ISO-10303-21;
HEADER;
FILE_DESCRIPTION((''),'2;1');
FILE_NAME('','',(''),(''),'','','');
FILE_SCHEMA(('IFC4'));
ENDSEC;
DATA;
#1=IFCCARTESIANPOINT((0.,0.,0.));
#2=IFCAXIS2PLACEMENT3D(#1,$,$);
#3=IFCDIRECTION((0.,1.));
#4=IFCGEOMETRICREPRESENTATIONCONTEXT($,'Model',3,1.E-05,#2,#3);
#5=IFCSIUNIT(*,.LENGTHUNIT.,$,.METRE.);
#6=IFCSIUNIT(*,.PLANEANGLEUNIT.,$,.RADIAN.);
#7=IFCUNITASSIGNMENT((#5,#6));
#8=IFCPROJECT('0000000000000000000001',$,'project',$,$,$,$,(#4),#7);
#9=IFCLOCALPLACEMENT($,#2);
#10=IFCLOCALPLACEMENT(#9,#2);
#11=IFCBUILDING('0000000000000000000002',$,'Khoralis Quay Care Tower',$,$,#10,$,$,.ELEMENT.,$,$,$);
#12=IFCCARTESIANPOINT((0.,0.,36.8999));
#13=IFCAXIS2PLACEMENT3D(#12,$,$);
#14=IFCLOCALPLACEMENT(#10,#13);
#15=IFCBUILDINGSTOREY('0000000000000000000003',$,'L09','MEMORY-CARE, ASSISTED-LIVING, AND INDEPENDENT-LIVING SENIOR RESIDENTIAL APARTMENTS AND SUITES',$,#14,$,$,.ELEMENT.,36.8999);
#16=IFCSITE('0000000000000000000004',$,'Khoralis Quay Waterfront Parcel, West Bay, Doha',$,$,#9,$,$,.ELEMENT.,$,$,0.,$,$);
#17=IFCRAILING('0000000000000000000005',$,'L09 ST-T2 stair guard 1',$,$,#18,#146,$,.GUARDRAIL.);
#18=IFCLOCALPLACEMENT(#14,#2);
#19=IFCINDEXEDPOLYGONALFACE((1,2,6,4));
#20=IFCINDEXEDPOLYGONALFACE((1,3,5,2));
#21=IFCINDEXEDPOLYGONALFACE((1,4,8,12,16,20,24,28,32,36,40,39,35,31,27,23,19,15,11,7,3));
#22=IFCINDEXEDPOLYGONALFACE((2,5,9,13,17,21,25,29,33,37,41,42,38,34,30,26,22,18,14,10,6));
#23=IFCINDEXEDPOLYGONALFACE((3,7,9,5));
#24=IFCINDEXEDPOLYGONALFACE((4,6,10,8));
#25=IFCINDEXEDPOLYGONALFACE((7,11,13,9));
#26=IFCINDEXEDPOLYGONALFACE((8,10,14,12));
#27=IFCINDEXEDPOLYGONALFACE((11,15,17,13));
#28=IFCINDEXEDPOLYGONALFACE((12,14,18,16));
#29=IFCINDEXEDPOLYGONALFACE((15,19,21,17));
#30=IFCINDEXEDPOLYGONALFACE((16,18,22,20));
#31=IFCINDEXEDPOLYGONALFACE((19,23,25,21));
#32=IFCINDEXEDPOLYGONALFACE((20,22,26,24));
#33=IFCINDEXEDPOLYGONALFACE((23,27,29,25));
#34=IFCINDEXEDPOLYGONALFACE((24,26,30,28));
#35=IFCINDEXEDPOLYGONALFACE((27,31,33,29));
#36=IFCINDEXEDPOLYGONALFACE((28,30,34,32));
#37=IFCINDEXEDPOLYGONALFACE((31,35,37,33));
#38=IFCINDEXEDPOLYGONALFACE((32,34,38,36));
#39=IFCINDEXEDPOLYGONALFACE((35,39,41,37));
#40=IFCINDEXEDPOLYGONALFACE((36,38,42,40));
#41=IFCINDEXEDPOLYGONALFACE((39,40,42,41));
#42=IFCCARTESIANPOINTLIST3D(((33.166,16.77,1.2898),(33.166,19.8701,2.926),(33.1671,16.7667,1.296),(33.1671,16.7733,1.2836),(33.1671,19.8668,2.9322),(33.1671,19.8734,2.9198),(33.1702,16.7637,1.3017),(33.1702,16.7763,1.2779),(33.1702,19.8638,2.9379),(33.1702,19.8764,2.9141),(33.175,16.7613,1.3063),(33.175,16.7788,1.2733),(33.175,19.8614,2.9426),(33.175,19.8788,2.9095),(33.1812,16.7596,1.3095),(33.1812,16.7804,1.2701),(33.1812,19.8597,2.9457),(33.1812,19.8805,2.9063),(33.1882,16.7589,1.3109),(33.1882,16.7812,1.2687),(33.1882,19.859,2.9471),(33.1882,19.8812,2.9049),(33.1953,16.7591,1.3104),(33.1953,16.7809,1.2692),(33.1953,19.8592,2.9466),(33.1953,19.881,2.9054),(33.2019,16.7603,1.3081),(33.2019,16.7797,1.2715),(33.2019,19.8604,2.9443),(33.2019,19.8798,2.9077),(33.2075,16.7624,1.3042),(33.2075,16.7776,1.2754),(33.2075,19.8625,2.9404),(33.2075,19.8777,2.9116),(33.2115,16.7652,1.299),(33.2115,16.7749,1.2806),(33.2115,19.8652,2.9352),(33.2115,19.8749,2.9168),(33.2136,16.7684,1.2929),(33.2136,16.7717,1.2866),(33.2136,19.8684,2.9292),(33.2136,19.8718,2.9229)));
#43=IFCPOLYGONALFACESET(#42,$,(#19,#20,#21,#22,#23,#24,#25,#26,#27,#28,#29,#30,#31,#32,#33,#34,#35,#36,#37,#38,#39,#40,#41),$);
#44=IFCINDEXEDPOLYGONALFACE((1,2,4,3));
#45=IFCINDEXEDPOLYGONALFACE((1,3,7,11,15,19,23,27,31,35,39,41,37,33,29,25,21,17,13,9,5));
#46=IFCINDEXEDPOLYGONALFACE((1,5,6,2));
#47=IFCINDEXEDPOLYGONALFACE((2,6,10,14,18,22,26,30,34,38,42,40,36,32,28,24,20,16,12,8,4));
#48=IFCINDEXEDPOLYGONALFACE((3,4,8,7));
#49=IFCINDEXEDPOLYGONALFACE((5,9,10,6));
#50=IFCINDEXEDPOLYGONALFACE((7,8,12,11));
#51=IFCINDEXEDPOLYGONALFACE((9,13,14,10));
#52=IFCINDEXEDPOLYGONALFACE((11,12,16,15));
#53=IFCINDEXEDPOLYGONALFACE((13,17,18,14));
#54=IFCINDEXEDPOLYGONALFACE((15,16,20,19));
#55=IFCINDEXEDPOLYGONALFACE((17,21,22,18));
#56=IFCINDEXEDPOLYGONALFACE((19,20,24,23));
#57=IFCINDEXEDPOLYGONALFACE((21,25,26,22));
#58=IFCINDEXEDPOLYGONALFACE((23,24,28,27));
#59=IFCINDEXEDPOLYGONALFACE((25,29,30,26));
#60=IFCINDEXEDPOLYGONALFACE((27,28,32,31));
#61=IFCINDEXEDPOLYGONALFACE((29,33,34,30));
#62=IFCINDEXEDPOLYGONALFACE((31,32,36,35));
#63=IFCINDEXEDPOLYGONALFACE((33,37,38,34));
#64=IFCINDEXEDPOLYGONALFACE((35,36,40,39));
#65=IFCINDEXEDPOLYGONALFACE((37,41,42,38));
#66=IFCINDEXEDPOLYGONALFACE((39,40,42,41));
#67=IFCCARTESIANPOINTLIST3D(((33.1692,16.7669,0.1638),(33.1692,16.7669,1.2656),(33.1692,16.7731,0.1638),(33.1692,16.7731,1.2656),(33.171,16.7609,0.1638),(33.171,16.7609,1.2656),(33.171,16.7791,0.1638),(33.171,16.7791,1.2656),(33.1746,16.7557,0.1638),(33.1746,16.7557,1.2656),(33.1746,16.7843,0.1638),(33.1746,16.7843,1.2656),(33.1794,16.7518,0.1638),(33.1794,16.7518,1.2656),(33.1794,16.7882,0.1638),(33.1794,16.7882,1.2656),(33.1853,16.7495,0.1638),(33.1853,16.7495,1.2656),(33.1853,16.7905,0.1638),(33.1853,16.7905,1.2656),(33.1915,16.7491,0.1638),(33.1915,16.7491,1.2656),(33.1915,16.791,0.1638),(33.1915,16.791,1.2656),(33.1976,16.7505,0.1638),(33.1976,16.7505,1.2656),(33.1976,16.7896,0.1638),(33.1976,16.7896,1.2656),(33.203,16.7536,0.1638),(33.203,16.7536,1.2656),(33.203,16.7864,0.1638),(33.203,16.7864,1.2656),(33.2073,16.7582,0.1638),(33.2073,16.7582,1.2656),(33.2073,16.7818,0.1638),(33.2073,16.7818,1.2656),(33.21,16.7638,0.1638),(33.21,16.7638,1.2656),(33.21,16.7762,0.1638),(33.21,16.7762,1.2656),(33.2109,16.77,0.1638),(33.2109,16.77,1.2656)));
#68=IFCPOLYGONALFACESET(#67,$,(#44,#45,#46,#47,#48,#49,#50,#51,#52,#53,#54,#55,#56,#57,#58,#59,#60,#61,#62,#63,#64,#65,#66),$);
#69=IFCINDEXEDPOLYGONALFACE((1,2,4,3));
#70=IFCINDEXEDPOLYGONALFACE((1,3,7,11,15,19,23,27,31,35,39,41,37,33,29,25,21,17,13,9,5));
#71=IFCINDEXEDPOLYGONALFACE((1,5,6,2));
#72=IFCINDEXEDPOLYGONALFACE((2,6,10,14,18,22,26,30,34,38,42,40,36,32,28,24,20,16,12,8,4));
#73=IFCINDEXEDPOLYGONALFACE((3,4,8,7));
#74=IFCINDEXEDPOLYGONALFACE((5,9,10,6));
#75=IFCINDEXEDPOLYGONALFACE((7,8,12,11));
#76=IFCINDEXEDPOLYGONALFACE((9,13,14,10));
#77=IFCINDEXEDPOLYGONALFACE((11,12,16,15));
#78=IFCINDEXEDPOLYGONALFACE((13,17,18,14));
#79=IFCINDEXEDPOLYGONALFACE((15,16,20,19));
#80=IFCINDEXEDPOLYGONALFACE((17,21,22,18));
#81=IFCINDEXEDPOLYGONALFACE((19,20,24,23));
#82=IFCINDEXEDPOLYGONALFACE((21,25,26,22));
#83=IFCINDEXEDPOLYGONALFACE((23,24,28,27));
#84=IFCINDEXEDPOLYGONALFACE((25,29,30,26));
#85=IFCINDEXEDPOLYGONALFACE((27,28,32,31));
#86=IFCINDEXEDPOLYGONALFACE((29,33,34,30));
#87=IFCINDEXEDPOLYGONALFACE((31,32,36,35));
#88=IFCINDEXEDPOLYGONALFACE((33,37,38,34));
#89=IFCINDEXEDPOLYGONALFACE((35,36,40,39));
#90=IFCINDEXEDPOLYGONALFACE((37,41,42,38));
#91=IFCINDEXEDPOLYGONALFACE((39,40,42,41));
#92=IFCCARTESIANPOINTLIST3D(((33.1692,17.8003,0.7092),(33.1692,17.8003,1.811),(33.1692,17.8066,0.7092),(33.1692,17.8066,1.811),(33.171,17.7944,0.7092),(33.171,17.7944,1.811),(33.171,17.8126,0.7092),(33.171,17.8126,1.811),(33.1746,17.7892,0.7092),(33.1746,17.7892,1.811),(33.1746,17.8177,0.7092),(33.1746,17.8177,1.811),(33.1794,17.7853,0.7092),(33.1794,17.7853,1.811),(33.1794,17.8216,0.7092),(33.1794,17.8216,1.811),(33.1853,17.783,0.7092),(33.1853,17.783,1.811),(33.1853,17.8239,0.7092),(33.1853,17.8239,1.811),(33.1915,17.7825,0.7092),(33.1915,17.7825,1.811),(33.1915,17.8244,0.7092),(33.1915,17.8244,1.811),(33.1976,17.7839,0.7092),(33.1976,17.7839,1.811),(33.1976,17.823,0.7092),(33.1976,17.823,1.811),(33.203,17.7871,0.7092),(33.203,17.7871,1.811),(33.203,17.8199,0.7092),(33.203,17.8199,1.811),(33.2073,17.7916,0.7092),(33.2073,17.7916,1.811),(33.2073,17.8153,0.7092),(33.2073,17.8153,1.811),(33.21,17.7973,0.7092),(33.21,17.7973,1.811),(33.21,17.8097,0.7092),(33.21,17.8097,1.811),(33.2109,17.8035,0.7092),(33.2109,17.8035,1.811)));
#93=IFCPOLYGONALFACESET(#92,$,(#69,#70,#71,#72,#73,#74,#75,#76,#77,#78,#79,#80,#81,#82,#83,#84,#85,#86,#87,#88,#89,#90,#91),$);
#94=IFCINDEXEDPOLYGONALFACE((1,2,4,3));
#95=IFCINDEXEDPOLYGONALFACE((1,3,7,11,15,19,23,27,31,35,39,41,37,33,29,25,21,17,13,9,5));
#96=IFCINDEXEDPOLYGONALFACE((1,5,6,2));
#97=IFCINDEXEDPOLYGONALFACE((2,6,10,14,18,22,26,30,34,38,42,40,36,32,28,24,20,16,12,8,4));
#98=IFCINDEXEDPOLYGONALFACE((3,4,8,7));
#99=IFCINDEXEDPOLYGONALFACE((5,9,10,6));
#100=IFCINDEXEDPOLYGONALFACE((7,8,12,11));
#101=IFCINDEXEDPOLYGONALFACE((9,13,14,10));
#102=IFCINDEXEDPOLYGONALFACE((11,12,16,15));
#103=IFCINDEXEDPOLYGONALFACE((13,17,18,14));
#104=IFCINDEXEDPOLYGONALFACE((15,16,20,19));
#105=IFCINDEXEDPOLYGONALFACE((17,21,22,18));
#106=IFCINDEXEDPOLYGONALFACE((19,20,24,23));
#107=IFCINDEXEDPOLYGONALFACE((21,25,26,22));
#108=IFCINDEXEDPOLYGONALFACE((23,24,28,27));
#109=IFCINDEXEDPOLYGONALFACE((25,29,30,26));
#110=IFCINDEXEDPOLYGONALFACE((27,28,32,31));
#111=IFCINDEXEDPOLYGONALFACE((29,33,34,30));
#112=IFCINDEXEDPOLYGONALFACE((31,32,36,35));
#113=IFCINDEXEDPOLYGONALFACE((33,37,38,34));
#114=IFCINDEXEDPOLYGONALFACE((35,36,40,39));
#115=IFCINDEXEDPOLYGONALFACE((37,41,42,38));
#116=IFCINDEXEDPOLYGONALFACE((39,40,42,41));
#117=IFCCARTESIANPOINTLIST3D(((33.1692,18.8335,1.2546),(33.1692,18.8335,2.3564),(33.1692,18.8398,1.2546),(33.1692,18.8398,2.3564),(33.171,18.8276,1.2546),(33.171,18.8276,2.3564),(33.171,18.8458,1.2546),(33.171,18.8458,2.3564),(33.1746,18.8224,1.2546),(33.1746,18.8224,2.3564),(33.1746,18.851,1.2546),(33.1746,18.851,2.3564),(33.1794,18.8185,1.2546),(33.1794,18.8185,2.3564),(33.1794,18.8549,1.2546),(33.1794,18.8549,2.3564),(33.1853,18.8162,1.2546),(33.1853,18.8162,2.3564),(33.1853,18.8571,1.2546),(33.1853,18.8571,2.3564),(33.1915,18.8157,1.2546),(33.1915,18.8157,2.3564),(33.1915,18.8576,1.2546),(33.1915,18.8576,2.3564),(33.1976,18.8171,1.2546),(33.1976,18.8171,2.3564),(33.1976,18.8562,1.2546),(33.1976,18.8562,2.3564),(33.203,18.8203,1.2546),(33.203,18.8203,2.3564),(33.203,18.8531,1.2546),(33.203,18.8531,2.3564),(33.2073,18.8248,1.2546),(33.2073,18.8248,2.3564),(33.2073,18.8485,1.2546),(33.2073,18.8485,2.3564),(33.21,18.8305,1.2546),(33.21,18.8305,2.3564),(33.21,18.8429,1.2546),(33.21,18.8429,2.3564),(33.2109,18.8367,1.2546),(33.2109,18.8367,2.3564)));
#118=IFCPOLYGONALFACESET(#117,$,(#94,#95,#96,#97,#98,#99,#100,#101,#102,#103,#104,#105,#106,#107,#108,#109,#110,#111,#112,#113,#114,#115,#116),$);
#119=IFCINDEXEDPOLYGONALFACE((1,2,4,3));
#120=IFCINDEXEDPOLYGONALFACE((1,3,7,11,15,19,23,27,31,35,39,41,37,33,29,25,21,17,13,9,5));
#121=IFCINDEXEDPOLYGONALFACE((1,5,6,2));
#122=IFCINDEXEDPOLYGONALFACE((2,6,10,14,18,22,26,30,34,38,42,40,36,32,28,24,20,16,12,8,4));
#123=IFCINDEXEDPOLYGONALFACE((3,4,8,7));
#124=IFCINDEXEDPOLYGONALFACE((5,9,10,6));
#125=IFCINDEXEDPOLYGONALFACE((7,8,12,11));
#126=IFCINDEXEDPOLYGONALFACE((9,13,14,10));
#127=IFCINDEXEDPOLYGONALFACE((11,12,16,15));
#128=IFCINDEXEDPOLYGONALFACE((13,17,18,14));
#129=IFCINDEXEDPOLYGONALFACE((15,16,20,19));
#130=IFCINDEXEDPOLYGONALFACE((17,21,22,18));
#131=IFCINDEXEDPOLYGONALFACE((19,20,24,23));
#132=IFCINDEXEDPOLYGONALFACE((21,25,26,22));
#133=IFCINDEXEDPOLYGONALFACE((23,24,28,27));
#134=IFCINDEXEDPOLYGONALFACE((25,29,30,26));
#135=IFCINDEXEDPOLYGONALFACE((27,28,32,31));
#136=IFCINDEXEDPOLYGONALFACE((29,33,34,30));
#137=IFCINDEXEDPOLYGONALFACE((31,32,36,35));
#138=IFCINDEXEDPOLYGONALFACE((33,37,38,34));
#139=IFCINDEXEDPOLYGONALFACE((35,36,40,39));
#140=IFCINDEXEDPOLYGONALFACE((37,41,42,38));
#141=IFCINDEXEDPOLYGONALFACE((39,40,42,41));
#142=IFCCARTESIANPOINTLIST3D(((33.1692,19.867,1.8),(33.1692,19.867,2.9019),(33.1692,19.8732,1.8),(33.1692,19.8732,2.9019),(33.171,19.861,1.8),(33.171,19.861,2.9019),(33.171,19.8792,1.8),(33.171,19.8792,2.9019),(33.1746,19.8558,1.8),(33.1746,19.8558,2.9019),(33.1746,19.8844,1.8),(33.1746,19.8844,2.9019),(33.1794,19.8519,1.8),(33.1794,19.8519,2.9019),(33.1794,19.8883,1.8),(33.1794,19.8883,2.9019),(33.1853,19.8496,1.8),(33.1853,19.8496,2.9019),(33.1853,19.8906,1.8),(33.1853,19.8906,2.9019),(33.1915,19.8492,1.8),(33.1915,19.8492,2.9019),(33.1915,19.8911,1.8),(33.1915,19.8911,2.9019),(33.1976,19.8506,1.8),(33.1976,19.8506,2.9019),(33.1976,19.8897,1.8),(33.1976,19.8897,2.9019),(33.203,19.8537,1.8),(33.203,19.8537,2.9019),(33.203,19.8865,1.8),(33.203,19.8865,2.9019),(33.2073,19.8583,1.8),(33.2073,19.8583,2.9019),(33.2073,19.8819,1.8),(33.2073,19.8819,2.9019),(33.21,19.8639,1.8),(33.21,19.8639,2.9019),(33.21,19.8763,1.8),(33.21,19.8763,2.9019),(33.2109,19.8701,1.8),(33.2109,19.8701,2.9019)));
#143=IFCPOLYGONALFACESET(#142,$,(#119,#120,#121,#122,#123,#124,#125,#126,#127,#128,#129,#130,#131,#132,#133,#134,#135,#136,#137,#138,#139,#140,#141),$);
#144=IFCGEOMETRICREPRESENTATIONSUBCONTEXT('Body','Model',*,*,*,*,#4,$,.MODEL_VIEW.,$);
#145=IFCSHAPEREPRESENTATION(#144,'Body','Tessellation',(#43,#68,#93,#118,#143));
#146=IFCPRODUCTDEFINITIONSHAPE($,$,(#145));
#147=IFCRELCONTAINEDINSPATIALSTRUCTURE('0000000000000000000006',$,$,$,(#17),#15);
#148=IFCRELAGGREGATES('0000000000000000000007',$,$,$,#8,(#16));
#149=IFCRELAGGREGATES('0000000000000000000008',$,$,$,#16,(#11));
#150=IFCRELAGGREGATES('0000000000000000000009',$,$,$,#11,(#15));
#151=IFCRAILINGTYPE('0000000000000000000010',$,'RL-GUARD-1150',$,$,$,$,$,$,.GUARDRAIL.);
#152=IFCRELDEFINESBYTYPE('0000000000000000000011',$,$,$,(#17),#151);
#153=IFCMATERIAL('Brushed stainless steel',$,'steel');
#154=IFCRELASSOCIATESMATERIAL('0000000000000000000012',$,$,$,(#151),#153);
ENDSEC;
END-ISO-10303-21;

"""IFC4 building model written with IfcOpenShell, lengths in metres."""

from ifc_helpers import new_model, si_unit, direction, frame, origin, origin_2d, place, context, subcontext, project, spatial, circle, extrude, material, type_object, element, save


model = new_model("IFC4")

# Units and contexts
model_context = context("Model", 3, precision=1e-05, world=origin(), true_north=direction((0.0, 1.0)))
body_context = subcontext(model_context, "Body", "Model", "MODEL_VIEW")
ifc_project = project(units=[si_unit("LENGTHUNIT", "METRE"), si_unit("PLANEANGLEUNIT", "RADIAN")], contexts=[model_context])

# Site, building, storey
site_placement = place(None, origin())
site = spatial("IfcSite", under=ifc_project, at=site_placement, Name="Khoralis Quay Waterfront Parcel, West Bay, Doha", CompositionType="ELEMENT", RefElevation=0.0)
building_placement = place(site_placement, origin())
building = spatial("IfcBuilding", under=site, at=building_placement, Name="Khoralis Quay Care Tower", CompositionType="ELEMENT")
storey_placement = place(building_placement, frame((0.0, 0.0, 36.8999)))
storey = spatial("IfcBuildingStorey", under=building, at=storey_placement, Name="L09", Description="MEMORY-CARE, ASSISTED-LIVING, AND INDEPENDENT-LIVING SENIOR RESIDENTIAL APARTMENTS AND SUITES", CompositionType="ELEMENT", Elevation=36.8999)

# Shared definitions
ifc_material_1 = material(Name="Brushed stainless steel", Category="steel")

# Railing
railing_type_1 = type_object("IfcRailingType", Name="RL-GUARD-1150", PredefinedType="GUARDRAIL", material=ifc_material_1)
railing_1_placement = place(storey_placement, frame((33.1899, 16.77, 0.1638)))
element("IfcRailing", 1, at=railing_1_placement, inside=storey, type_object=railing_type_1, Name="L09 ST-T2 stair guard 1", PredefinedType="GUARDRAIL", context=body_context, shape_type="SweptSolid", body=[
    extrude(circle(Radius=0.0239, at=origin_2d()), frame((0.0, 0.0, 1.126), z_axis=(0.0, 0.884377, 0.466774), x_axis=(-1.0, 0.0, 0.0)), (0.0, 0.0, 1.0), 3.5054),
    extrude(circle(Radius=0.021, at=origin_2d()), origin(), (0.0, 0.0, 1.0), 1.1018),
    extrude(circle(Radius=0.021, at=origin_2d()), frame((0.0, 1.0334, 0.5454)), (0.0, 0.0, 1.0), 1.1018),
    extrude(circle(Radius=0.021, at=origin_2d()), frame((0.0, 2.0667, 1.0908)), (0.0, 0.0, 1.0), 1.1018),
    extrude(circle(Radius=0.021, at=origin_2d()), frame((0.0, 3.1001, 1.6362)), (0.0, 0.0, 1.0), 1.1018),
])

save(model, "model.ifc")
